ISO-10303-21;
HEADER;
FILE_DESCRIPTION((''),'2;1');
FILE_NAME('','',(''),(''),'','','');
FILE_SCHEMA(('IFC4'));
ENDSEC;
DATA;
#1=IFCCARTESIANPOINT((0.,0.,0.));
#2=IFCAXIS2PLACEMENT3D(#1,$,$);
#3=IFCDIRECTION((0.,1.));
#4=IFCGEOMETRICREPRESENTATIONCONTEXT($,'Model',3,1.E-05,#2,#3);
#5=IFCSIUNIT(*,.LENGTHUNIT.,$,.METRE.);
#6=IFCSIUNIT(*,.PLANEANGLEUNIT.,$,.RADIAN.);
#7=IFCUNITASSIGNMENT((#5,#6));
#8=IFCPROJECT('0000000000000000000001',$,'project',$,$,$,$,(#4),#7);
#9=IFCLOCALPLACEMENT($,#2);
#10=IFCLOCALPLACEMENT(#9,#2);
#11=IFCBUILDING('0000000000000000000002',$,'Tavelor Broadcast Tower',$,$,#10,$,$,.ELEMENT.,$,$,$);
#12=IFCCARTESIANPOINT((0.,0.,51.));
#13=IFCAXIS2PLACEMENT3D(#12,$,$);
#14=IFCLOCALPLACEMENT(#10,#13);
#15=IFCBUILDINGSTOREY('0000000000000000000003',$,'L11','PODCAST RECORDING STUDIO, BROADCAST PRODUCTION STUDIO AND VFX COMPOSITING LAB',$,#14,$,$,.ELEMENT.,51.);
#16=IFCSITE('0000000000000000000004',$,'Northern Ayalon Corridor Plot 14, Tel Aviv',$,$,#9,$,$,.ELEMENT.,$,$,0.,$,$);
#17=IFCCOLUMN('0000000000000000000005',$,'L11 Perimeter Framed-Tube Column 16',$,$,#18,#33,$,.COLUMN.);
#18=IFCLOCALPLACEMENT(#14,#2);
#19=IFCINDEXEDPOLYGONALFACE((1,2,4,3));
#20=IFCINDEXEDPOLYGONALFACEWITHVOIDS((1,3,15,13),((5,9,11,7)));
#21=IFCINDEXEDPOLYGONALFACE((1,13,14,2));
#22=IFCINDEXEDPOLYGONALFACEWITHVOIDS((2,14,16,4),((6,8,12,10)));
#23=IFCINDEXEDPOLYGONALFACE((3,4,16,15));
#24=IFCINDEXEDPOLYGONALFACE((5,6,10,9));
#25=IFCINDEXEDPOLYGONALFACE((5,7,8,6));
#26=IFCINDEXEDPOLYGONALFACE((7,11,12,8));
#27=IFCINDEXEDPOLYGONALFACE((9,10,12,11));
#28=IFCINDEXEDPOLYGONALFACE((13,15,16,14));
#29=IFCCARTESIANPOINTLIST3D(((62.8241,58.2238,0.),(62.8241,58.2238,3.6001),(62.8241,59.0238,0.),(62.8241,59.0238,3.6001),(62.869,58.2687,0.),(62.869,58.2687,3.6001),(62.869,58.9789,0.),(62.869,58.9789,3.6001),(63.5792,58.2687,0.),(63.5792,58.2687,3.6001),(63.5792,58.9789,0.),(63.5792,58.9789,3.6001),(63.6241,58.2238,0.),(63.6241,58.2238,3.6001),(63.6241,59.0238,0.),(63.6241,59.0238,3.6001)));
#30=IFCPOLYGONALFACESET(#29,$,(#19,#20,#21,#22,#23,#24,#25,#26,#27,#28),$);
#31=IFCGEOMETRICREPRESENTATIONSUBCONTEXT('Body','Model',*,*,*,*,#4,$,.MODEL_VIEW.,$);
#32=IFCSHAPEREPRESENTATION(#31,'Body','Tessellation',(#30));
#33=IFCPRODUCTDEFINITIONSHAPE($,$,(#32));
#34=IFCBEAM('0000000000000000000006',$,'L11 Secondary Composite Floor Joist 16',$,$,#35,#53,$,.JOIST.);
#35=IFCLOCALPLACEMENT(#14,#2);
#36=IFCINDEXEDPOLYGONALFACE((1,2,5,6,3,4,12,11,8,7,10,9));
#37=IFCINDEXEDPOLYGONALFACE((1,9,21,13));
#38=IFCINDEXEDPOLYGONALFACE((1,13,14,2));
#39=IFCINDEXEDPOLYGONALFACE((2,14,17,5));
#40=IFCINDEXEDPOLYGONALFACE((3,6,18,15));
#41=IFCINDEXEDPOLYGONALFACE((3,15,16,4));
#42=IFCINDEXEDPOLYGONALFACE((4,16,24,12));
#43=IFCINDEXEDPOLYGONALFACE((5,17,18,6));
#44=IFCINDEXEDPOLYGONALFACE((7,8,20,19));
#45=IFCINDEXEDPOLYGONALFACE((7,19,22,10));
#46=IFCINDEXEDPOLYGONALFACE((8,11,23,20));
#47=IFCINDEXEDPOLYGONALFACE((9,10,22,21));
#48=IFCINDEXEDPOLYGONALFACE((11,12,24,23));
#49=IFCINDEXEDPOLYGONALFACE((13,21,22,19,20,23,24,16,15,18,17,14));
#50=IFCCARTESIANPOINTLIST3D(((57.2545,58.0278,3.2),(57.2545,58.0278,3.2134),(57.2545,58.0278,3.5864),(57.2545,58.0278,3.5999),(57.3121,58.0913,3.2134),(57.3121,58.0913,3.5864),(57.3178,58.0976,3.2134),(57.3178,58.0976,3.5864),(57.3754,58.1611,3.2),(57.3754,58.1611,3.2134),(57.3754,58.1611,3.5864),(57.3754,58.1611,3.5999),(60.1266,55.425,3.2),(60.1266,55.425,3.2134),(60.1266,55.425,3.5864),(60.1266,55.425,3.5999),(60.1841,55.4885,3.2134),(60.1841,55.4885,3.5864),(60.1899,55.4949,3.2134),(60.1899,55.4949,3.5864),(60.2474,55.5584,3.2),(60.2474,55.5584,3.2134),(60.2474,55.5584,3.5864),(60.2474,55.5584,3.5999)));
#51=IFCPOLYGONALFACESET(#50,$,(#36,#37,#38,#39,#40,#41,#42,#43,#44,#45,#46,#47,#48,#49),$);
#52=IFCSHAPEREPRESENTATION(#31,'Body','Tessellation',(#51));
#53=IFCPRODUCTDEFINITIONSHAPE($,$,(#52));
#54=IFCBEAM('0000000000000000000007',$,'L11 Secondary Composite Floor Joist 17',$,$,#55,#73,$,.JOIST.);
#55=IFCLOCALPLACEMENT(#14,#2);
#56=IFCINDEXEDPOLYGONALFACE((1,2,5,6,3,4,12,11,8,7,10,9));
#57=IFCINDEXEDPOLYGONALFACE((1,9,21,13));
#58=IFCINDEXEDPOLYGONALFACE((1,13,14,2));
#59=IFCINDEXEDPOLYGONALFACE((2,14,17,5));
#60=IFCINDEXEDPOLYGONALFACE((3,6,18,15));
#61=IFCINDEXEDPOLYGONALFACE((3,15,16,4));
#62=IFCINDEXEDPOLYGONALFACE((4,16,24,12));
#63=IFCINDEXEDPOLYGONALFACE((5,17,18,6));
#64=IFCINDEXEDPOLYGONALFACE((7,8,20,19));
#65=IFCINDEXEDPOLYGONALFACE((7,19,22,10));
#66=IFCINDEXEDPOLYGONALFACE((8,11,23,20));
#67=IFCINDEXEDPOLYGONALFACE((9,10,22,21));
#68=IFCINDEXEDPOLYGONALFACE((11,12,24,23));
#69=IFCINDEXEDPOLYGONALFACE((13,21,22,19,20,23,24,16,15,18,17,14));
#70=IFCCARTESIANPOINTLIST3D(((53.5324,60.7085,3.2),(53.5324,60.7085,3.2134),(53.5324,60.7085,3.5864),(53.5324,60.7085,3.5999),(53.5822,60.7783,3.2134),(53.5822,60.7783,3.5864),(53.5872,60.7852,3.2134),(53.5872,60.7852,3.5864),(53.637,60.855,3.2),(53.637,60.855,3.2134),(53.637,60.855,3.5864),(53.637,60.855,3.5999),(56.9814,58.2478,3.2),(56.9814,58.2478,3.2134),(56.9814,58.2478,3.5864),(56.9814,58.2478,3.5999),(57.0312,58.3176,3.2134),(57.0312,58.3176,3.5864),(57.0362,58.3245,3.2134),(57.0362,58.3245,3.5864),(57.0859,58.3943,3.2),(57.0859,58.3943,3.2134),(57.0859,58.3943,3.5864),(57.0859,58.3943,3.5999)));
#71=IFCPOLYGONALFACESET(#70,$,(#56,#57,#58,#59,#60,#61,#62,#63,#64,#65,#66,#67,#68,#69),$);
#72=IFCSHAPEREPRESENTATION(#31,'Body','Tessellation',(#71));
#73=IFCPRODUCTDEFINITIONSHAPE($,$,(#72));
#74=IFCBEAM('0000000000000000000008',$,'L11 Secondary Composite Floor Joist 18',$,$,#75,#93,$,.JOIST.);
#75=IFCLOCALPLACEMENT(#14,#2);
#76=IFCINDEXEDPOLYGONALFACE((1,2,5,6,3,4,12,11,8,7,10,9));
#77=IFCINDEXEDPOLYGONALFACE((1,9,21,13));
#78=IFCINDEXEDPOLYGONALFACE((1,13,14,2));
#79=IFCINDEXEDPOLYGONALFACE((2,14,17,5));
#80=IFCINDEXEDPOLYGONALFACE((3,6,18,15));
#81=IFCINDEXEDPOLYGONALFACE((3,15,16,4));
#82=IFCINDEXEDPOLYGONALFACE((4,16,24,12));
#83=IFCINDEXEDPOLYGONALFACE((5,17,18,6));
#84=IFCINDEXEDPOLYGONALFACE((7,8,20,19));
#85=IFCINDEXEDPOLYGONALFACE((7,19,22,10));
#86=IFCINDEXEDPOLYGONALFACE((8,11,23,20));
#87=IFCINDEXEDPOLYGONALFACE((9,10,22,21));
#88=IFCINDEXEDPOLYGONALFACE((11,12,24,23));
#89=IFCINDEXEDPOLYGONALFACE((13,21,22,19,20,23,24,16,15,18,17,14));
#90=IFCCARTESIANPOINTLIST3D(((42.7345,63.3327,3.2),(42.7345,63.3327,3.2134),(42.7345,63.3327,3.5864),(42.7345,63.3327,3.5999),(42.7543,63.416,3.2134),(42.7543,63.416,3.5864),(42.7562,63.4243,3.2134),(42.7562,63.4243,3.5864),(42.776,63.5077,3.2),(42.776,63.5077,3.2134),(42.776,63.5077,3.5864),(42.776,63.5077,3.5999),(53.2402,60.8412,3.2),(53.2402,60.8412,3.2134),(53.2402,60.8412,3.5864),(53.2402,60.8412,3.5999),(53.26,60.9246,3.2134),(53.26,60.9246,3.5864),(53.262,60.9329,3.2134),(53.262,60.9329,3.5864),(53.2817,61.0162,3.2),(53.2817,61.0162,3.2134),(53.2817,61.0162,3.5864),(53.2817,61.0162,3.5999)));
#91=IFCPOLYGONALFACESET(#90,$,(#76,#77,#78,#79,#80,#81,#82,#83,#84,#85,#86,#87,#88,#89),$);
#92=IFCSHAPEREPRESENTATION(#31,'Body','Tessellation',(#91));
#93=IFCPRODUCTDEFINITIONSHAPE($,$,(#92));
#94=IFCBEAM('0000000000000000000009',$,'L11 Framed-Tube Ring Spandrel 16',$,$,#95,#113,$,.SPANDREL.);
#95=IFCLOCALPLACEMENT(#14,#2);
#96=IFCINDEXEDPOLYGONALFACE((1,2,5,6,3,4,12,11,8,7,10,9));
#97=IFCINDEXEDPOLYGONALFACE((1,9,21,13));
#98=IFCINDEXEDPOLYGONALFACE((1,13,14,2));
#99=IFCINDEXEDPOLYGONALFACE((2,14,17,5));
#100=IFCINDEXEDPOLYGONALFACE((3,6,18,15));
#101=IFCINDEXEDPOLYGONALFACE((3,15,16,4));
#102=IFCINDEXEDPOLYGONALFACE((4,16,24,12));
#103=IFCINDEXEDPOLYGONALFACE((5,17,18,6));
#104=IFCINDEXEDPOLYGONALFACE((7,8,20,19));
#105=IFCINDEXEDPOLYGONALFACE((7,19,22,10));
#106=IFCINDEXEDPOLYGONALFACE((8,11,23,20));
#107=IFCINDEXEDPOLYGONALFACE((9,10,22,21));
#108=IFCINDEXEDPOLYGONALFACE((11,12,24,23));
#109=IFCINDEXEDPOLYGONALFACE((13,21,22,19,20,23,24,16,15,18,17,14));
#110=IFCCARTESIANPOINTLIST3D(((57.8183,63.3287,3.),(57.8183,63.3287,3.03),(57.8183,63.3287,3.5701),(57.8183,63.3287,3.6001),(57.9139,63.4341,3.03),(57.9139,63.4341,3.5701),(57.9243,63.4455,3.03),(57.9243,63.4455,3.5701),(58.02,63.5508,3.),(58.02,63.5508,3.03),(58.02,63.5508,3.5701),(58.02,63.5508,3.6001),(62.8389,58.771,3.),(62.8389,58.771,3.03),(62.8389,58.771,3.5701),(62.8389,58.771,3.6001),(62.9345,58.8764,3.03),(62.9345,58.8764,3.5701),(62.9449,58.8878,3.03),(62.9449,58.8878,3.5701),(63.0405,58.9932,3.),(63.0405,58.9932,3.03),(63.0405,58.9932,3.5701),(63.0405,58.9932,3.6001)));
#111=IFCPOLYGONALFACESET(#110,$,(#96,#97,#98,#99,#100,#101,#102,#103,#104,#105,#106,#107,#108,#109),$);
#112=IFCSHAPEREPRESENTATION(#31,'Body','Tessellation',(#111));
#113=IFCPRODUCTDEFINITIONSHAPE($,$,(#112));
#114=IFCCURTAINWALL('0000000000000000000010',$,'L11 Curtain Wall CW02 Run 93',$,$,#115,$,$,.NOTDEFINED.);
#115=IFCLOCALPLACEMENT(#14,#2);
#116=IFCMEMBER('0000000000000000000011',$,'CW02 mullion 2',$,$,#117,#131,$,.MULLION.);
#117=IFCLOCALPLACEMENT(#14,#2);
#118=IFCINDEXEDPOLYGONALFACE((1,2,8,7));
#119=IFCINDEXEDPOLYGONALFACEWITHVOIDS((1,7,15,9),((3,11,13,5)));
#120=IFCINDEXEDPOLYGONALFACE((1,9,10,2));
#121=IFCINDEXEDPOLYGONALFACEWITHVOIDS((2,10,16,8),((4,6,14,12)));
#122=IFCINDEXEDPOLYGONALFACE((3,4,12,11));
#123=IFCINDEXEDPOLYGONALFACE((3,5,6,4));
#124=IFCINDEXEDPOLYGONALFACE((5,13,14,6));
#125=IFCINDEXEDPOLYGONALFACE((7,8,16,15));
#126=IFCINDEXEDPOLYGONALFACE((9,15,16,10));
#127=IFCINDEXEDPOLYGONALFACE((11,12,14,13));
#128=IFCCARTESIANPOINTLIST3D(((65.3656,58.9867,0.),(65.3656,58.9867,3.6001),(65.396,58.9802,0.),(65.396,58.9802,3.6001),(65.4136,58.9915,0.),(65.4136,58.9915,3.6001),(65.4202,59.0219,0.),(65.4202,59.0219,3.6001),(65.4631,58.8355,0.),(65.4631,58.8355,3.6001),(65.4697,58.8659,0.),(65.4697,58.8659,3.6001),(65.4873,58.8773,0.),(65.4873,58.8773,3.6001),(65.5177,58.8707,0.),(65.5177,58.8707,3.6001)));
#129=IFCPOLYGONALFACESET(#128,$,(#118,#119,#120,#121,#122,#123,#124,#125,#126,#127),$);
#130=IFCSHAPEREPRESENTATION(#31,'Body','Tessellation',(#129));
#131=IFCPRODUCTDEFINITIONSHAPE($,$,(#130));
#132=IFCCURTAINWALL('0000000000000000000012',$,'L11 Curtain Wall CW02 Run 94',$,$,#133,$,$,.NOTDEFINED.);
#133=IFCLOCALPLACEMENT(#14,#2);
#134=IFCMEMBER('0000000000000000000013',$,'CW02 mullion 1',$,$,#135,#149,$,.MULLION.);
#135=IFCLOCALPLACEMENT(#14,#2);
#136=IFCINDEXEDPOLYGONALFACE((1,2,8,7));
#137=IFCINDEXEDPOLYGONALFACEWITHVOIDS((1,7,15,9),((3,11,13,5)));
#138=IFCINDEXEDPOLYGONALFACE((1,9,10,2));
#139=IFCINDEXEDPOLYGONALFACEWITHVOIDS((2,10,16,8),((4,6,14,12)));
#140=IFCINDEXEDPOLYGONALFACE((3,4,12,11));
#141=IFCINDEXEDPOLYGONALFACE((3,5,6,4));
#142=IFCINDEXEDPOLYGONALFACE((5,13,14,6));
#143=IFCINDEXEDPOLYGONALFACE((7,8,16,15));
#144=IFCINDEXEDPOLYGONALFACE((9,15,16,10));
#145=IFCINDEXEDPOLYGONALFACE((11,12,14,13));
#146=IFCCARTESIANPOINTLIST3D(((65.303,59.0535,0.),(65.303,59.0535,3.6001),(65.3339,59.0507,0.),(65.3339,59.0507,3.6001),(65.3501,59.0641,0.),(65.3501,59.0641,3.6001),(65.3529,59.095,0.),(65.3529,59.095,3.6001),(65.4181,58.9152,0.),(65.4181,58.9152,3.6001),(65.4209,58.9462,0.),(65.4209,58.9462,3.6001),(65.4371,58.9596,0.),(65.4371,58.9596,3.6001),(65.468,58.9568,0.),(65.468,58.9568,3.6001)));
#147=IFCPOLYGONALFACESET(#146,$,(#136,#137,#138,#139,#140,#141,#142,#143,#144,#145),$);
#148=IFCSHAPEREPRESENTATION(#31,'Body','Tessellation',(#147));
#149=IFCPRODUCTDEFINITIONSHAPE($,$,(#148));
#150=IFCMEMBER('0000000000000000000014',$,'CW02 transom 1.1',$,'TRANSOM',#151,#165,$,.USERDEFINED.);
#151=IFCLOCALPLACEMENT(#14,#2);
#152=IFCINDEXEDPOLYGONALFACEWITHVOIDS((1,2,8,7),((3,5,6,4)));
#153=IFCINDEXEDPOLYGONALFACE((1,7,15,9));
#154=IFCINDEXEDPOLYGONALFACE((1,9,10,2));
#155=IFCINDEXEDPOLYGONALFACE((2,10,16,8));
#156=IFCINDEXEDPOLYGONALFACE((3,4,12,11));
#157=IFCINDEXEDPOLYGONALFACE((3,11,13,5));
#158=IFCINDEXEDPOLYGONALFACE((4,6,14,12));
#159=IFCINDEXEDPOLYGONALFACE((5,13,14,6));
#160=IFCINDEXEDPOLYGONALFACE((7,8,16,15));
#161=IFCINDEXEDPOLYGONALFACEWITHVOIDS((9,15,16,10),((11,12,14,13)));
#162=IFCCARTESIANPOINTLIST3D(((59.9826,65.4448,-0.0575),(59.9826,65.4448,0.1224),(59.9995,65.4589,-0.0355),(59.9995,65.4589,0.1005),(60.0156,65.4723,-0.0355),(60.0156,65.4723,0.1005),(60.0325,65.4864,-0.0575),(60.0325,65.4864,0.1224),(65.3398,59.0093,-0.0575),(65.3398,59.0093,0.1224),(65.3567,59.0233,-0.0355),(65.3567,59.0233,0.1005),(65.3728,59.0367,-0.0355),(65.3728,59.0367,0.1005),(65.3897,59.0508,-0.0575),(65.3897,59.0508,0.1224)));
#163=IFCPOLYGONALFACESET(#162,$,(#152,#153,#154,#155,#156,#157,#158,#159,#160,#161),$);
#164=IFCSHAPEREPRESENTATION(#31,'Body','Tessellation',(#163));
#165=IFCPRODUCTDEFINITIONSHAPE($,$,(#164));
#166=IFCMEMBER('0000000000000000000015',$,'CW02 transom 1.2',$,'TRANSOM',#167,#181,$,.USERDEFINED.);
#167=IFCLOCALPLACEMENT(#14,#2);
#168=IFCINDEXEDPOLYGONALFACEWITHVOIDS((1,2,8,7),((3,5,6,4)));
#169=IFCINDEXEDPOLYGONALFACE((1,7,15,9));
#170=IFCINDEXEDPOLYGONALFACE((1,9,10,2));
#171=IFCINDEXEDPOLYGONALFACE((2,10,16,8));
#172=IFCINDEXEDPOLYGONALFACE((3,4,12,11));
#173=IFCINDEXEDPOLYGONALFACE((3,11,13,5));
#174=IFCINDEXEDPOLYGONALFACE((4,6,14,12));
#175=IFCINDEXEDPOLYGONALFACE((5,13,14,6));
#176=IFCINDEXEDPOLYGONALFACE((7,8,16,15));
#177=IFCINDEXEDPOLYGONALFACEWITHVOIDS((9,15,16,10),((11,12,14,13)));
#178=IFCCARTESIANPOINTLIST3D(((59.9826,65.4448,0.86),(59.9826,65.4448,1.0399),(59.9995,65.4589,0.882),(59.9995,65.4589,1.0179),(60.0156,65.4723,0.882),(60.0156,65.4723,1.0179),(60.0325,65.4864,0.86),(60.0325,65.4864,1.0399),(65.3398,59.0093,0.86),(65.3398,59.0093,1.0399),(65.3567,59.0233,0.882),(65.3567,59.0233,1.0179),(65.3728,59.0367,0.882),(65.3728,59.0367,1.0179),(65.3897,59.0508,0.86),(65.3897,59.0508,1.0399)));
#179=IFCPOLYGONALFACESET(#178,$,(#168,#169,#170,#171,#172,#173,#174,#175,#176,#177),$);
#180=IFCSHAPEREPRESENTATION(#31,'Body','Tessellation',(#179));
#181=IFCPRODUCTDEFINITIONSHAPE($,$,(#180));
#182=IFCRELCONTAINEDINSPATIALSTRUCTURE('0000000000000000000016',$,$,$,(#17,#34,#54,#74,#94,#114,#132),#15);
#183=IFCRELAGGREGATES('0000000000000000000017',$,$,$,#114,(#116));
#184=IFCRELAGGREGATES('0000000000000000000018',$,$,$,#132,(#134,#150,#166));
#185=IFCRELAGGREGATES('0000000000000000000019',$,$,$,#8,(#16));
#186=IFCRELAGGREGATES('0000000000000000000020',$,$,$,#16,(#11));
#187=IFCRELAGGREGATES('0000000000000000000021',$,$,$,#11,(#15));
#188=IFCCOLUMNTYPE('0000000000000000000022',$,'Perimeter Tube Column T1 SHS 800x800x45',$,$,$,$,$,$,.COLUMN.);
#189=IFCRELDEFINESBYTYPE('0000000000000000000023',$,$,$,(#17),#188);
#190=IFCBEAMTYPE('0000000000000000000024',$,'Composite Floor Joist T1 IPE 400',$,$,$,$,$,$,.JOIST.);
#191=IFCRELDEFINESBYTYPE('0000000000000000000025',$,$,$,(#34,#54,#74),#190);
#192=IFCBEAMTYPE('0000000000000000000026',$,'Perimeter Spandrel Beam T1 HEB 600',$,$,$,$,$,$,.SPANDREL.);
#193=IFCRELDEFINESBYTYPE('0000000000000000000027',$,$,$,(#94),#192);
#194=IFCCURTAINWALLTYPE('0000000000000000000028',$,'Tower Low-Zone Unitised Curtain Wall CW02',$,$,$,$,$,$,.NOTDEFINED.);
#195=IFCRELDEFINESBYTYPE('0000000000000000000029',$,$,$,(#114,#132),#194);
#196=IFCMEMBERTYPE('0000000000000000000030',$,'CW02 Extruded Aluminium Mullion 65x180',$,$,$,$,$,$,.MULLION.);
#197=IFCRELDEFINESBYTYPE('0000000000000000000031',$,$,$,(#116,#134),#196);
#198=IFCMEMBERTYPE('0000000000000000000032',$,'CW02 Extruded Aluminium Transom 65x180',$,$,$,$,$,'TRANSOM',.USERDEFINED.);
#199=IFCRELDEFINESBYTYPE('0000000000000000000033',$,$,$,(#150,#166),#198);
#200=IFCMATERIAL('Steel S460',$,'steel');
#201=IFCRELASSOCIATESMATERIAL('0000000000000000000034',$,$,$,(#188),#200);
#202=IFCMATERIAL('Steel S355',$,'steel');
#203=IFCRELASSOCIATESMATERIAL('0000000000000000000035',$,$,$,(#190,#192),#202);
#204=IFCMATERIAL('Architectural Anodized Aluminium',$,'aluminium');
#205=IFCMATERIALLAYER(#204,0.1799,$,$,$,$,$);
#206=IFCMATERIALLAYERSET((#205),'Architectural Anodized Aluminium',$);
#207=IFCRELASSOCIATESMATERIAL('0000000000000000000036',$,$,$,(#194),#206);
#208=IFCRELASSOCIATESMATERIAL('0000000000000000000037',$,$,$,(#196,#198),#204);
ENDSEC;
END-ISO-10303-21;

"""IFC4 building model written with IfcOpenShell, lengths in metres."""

from ifc_helpers import new_model, si_unit, direction, frame, origin, origin_2d, place, context, subcontext, project, spatial, hollow_rectangle, i_section, extrude, source, transform, mapped, material, layer, layer_set, material_profile, profile_set, type_object, type_shapes, element, aggregate, save


model = new_model("IFC4")

# Units and contexts
model_context = context("Model", 3, precision=1e-05, world=origin(), true_north=direction((0.0, 1.0)))
body_context = subcontext(model_context, "Body", "Model", "MODEL_VIEW")
ifc_project = project(units=[si_unit("LENGTHUNIT", "METRE"), si_unit("PLANEANGLEUNIT", "RADIAN")], contexts=[model_context])

# Site, building, storey
site_placement = place(None, origin())
site = spatial("IfcSite", under=ifc_project, at=site_placement, Name="Northern Ayalon Corridor Plot 14, Tel Aviv", CompositionType="ELEMENT", RefElevation=0.0)
building_placement = place(site_placement, origin())
building = spatial("IfcBuilding", under=site, at=building_placement, Name="Tavelor Broadcast Tower", CompositionType="ELEMENT")
storey_placement = place(building_placement, frame((0.0, 0.0, 51.0)))
storey = spatial("IfcBuildingStorey", under=building, at=storey_placement, Name="L11", Description="PODCAST RECORDING STUDIO, BROADCAST PRODUCTION STUDIO AND VFX COMPOSITING LAB", CompositionType="ELEMENT", Elevation=51.0)

# Column
ifc_material_1 = material(Name="Steel S460", Category="steel")
ifc_material_profile_1 = material_profile(ifc_material_1, hollow_rectangle(XDim=0.8, YDim=0.8, WallThickness=0.0449, at=origin_2d()), Name="SHS 800x800x45")
ifc_profile_set_1 = profile_set([ifc_material_profile_1], Name="Steel S460")
column_type = type_object("IfcColumnType", Name="Perimeter Tube Column T1 SHS 800x800x45", PredefinedType="COLUMN", material=ifc_profile_set_1)
column_placement = place(storey_placement, frame((63.2241, 58.6238, 0.0), z_axis=(0.0, 0.0, 1.0), x_axis=(1.0, 0.0, 0.0)))
element("IfcColumn", 1, at=column_placement, inside=storey, type_object=column_type, Name="L11 Perimeter Framed-Tube Column 16", PredefinedType="COLUMN", context=body_context, shape_type="SweptSolid", body=[
    extrude(hollow_rectangle(XDim=0.8, YDim=0.8, WallThickness=0.0449, at=origin_2d()), origin(), (0.0, 0.0, 1.0), 3.6001),
])

# Beams
ifc_material_2 = material(Name="Steel S355", Category="steel")
ifc_material_profile_2 = material_profile(ifc_material_2, i_section(OverallWidth=0.1799, OverallDepth=0.3999, WebThickness=0.0085, FlangeThickness=0.0134, at=origin_2d()), Name="IPE 400")
ifc_profile_set_2 = profile_set([ifc_material_profile_2], Name="Steel S355")
beam_type_1 = type_object("IfcBeamType", Name="Composite Floor Joist T1 IPE 400", PredefinedType="JOIST", material=ifc_profile_set_2)
beam_1_placement = place(storey_placement, frame((60.187, 55.4917, 3.3999), z_axis=(-0.740991, 0.671515, 0.0), x_axis=(-0.671515, -0.740991, 0.0)))
element("IfcBeam", 2, at=beam_1_placement, inside=storey, type_object=beam_type_1, Name="L11 Secondary Composite Floor Joist 16", PredefinedType="JOIST", context=body_context, shape_type="SweptSolid", body=[
    extrude(i_section(OverallWidth=0.1799, OverallDepth=0.3999, WebThickness=0.0085, FlangeThickness=0.0134, at=origin_2d()), origin(), (0.0, 0.0, 1.0), 3.876),
])
beam_2_placement = place(storey_placement, frame((57.0337, 58.321, 3.3999), z_axis=(-0.814053, 0.580791, 0.0), x_axis=(-0.580791, -0.814053, 0.0)))
element("IfcBeam", 3, at=beam_2_placement, inside=storey, type_object=beam_type_1, Name="L11 Secondary Composite Floor Joist 17", PredefinedType="JOIST", context=body_context, shape_type="SweptSolid", body=[
    extrude(i_section(OverallWidth=0.1799, OverallDepth=0.3999, WebThickness=0.0085, FlangeThickness=0.0134, at=origin_2d()), origin(), (0.0, 0.0, 1.0), 4.2368),
])
beam_3_placement = place(storey_placement, frame((53.261, 60.9287, 3.3999), z_axis=(-0.973012, 0.230754, 0.0), x_axis=(-0.230754, -0.973012, 0.0)))
element("IfcBeam", 4, at=beam_3_placement, inside=storey, type_object=beam_type_1, Name="L11 Secondary Composite Floor Joist 18", PredefinedType="JOIST", context=body_context, shape_type="SweptSolid", body=[
    extrude(i_section(OverallWidth=0.1799, OverallDepth=0.3999, WebThickness=0.0085, FlangeThickness=0.0134, at=origin_2d()), origin(), (0.0, 0.0, 1.0), 10.7971),
])
ifc_material_profile_3 = material_profile(ifc_material_2, i_section(OverallWidth=0.3, OverallDepth=0.6001, WebThickness=0.0154, FlangeThickness=0.03, at=origin_2d()), Name="HEB 600")
ifc_profile_set_3 = profile_set([ifc_material_profile_3], Name="Steel S355")
beam_type_2 = type_object("IfcBeamType", Name="Perimeter Spandrel Beam T1 HEB 600", PredefinedType="SPANDREL", material=ifc_profile_set_3)
beam_4_placement = place(storey_placement, frame((62.9397, 58.8821, 3.3), z_axis=(-0.740416, 0.672149, 0.0), x_axis=(-0.672149, -0.740416, 0.0)))
element("IfcBeam", 5, at=beam_4_placement, inside=storey, type_object=beam_type_2, Name="L11 Framed-Tube Ring Spandrel 16", PredefinedType="SPANDREL", context=body_context, shape_type="SweptSolid", body=[
    extrude(i_section(OverallWidth=0.3, OverallDepth=0.6001, WebThickness=0.0154, FlangeThickness=0.03, at=origin_2d()), origin(), (0.0, 0.0, 1.0), 6.7808),
])

# Curtain wall, member
ifc_material_3 = material(Name="Architectural Anodized Aluminium", Category="aluminium")
ifc_layer_1 = layer(ifc_material_3, 0.1799)
ifc_layer_set_1 = layer_set([ifc_layer_1], Name="Architectural Anodized Aluminium")
curtain_wall_type = type_object("IfcCurtainWallType", Name="Tower Low-Zone Unitised Curtain Wall CW02", PredefinedType="NOTDEFINED", material=ifc_layer_set_1)
curtain_wall_1_placement = place(storey_placement, origin())
curtain_wall_1 = element("IfcCurtainWall", 6, at=curtain_wall_1_placement, inside=storey, type_object=curtain_wall_type, Name="L11 Curtain Wall CW02 Run 93", PredefinedType="NOTDEFINED")
ifc_material_profile_4 = material_profile(ifc_material_3, hollow_rectangle(XDim=0.0649, YDim=0.1799, WallThickness=0.022, at=origin_2d()), Name="RHS 65x180x22")
ifc_profile_set_4 = profile_set([ifc_material_profile_4], Name="Architectural Anodized Aluminium")
member_type_1 = type_object("IfcMemberType", Name="CW02 Extruded Aluminium Mullion 65x180", PredefinedType="MULLION", material=ifc_profile_set_4)
shared_shape_1 = source(origin(), body_context, "Body", "SweptSolid", [
    extrude(hollow_rectangle(XDim=0.0649, YDim=0.1799, WallThickness=0.022, at=origin_2d()), origin(), (0.0, 0.0, 1.0), 3.6001),
])
type_shapes(member_type_1, [shared_shape_1])
member_1_placement = place(storey_placement, frame((65.4417, 58.9287, 0.0), z_axis=(0.0, 0.0, 1.0), x_axis=(-0.840332, -0.542072, 0.0)))
member_1 = element("IfcMember", 7, at=member_1_placement, type_object=member_type_1, Name="CW02 mullion 2", PredefinedType="MULLION", context=body_context, shape_type="MappedRepresentation", body=[
    mapped(shared_shape_1, transform((0.0, 0.0, 0.0), scale=1.0)),
])

# Curtain wall, members
curtain_wall_2_placement = place(storey_placement, origin())
curtain_wall_2 = element("IfcCurtainWall", 8, at=curtain_wall_2_placement, inside=storey, type_object=curtain_wall_type, Name="L11 Curtain Wall CW02 Run 94", PredefinedType="NOTDEFINED")
member_2_placement = place(storey_placement, frame((65.3855, 59.0051, 0.0), z_axis=(0.0, 0.0, 1.0), x_axis=(-0.76856, -0.639777, 0.0)))
member_2 = element("IfcMember", 9, at=member_2_placement, type_object=member_type_1, Name="CW02 mullion 1", PredefinedType="MULLION", context=body_context, shape_type="MappedRepresentation", body=[
    mapped(shared_shape_1, transform((0.0, 0.0, 0.0), scale=1.0)),
])
ifc_material_profile_5 = material_profile(ifc_material_3, hollow_rectangle(XDim=0.0649, YDim=0.1799, WallThickness=0.022, at=origin_2d()), Name="RHS 65x180x22")
ifc_profile_set_5 = profile_set([ifc_material_profile_5], Name="Architectural Anodized Aluminium")
member_type_2 = type_object("IfcMemberType", Name="CW02 Extruded Aluminium Transom 65x180", ElementType="TRANSOM", PredefinedType="USERDEFINED", material=ifc_profile_set_5)
shared_shape_2 = source(origin(), body_context, "Body", "SweptSolid", [
    extrude(hollow_rectangle(XDim=0.0649, YDim=0.1799, WallThickness=0.022, at=origin_2d()), origin(), (0.0, 0.0, 1.0), 8.3735),
])
type_shapes(member_type_2, [shared_shape_2])
member_3_placement = place(storey_placement, frame((65.3647, 59.03, 0.0325), z_axis=(-0.639777, 0.768561, 0.0), x_axis=(-0.768561, -0.639777, 0.0)))
member_3 = element("IfcMember", 10, at=member_3_placement, type_object=member_type_2, Name="CW02 transom 1.1", ObjectType="TRANSOM", PredefinedType="USERDEFINED", context=body_context, shape_type="MappedRepresentation", body=[
    mapped(shared_shape_2, transform((0.0, 0.0, 0.0), scale=1.0)),
])
member_4_placement = place(storey_placement, frame((65.3647, 59.03, 0.95), z_axis=(-0.639777, 0.768561, 0.0), x_axis=(-0.768561, -0.639777, 0.0)))
member_4 = element("IfcMember", 11, at=member_4_placement, type_object=member_type_2, Name="CW02 transom 1.2", ObjectType="TRANSOM", PredefinedType="USERDEFINED", context=body_context, shape_type="MappedRepresentation", body=[
    mapped(shared_shape_2, transform((0.0, 0.0, 0.0), scale=1.0)),
])

aggregate(curtain_wall_1, [member_1])
aggregate(curtain_wall_2, [member_2, member_3, member_4])

save(model, "model.ifc")
